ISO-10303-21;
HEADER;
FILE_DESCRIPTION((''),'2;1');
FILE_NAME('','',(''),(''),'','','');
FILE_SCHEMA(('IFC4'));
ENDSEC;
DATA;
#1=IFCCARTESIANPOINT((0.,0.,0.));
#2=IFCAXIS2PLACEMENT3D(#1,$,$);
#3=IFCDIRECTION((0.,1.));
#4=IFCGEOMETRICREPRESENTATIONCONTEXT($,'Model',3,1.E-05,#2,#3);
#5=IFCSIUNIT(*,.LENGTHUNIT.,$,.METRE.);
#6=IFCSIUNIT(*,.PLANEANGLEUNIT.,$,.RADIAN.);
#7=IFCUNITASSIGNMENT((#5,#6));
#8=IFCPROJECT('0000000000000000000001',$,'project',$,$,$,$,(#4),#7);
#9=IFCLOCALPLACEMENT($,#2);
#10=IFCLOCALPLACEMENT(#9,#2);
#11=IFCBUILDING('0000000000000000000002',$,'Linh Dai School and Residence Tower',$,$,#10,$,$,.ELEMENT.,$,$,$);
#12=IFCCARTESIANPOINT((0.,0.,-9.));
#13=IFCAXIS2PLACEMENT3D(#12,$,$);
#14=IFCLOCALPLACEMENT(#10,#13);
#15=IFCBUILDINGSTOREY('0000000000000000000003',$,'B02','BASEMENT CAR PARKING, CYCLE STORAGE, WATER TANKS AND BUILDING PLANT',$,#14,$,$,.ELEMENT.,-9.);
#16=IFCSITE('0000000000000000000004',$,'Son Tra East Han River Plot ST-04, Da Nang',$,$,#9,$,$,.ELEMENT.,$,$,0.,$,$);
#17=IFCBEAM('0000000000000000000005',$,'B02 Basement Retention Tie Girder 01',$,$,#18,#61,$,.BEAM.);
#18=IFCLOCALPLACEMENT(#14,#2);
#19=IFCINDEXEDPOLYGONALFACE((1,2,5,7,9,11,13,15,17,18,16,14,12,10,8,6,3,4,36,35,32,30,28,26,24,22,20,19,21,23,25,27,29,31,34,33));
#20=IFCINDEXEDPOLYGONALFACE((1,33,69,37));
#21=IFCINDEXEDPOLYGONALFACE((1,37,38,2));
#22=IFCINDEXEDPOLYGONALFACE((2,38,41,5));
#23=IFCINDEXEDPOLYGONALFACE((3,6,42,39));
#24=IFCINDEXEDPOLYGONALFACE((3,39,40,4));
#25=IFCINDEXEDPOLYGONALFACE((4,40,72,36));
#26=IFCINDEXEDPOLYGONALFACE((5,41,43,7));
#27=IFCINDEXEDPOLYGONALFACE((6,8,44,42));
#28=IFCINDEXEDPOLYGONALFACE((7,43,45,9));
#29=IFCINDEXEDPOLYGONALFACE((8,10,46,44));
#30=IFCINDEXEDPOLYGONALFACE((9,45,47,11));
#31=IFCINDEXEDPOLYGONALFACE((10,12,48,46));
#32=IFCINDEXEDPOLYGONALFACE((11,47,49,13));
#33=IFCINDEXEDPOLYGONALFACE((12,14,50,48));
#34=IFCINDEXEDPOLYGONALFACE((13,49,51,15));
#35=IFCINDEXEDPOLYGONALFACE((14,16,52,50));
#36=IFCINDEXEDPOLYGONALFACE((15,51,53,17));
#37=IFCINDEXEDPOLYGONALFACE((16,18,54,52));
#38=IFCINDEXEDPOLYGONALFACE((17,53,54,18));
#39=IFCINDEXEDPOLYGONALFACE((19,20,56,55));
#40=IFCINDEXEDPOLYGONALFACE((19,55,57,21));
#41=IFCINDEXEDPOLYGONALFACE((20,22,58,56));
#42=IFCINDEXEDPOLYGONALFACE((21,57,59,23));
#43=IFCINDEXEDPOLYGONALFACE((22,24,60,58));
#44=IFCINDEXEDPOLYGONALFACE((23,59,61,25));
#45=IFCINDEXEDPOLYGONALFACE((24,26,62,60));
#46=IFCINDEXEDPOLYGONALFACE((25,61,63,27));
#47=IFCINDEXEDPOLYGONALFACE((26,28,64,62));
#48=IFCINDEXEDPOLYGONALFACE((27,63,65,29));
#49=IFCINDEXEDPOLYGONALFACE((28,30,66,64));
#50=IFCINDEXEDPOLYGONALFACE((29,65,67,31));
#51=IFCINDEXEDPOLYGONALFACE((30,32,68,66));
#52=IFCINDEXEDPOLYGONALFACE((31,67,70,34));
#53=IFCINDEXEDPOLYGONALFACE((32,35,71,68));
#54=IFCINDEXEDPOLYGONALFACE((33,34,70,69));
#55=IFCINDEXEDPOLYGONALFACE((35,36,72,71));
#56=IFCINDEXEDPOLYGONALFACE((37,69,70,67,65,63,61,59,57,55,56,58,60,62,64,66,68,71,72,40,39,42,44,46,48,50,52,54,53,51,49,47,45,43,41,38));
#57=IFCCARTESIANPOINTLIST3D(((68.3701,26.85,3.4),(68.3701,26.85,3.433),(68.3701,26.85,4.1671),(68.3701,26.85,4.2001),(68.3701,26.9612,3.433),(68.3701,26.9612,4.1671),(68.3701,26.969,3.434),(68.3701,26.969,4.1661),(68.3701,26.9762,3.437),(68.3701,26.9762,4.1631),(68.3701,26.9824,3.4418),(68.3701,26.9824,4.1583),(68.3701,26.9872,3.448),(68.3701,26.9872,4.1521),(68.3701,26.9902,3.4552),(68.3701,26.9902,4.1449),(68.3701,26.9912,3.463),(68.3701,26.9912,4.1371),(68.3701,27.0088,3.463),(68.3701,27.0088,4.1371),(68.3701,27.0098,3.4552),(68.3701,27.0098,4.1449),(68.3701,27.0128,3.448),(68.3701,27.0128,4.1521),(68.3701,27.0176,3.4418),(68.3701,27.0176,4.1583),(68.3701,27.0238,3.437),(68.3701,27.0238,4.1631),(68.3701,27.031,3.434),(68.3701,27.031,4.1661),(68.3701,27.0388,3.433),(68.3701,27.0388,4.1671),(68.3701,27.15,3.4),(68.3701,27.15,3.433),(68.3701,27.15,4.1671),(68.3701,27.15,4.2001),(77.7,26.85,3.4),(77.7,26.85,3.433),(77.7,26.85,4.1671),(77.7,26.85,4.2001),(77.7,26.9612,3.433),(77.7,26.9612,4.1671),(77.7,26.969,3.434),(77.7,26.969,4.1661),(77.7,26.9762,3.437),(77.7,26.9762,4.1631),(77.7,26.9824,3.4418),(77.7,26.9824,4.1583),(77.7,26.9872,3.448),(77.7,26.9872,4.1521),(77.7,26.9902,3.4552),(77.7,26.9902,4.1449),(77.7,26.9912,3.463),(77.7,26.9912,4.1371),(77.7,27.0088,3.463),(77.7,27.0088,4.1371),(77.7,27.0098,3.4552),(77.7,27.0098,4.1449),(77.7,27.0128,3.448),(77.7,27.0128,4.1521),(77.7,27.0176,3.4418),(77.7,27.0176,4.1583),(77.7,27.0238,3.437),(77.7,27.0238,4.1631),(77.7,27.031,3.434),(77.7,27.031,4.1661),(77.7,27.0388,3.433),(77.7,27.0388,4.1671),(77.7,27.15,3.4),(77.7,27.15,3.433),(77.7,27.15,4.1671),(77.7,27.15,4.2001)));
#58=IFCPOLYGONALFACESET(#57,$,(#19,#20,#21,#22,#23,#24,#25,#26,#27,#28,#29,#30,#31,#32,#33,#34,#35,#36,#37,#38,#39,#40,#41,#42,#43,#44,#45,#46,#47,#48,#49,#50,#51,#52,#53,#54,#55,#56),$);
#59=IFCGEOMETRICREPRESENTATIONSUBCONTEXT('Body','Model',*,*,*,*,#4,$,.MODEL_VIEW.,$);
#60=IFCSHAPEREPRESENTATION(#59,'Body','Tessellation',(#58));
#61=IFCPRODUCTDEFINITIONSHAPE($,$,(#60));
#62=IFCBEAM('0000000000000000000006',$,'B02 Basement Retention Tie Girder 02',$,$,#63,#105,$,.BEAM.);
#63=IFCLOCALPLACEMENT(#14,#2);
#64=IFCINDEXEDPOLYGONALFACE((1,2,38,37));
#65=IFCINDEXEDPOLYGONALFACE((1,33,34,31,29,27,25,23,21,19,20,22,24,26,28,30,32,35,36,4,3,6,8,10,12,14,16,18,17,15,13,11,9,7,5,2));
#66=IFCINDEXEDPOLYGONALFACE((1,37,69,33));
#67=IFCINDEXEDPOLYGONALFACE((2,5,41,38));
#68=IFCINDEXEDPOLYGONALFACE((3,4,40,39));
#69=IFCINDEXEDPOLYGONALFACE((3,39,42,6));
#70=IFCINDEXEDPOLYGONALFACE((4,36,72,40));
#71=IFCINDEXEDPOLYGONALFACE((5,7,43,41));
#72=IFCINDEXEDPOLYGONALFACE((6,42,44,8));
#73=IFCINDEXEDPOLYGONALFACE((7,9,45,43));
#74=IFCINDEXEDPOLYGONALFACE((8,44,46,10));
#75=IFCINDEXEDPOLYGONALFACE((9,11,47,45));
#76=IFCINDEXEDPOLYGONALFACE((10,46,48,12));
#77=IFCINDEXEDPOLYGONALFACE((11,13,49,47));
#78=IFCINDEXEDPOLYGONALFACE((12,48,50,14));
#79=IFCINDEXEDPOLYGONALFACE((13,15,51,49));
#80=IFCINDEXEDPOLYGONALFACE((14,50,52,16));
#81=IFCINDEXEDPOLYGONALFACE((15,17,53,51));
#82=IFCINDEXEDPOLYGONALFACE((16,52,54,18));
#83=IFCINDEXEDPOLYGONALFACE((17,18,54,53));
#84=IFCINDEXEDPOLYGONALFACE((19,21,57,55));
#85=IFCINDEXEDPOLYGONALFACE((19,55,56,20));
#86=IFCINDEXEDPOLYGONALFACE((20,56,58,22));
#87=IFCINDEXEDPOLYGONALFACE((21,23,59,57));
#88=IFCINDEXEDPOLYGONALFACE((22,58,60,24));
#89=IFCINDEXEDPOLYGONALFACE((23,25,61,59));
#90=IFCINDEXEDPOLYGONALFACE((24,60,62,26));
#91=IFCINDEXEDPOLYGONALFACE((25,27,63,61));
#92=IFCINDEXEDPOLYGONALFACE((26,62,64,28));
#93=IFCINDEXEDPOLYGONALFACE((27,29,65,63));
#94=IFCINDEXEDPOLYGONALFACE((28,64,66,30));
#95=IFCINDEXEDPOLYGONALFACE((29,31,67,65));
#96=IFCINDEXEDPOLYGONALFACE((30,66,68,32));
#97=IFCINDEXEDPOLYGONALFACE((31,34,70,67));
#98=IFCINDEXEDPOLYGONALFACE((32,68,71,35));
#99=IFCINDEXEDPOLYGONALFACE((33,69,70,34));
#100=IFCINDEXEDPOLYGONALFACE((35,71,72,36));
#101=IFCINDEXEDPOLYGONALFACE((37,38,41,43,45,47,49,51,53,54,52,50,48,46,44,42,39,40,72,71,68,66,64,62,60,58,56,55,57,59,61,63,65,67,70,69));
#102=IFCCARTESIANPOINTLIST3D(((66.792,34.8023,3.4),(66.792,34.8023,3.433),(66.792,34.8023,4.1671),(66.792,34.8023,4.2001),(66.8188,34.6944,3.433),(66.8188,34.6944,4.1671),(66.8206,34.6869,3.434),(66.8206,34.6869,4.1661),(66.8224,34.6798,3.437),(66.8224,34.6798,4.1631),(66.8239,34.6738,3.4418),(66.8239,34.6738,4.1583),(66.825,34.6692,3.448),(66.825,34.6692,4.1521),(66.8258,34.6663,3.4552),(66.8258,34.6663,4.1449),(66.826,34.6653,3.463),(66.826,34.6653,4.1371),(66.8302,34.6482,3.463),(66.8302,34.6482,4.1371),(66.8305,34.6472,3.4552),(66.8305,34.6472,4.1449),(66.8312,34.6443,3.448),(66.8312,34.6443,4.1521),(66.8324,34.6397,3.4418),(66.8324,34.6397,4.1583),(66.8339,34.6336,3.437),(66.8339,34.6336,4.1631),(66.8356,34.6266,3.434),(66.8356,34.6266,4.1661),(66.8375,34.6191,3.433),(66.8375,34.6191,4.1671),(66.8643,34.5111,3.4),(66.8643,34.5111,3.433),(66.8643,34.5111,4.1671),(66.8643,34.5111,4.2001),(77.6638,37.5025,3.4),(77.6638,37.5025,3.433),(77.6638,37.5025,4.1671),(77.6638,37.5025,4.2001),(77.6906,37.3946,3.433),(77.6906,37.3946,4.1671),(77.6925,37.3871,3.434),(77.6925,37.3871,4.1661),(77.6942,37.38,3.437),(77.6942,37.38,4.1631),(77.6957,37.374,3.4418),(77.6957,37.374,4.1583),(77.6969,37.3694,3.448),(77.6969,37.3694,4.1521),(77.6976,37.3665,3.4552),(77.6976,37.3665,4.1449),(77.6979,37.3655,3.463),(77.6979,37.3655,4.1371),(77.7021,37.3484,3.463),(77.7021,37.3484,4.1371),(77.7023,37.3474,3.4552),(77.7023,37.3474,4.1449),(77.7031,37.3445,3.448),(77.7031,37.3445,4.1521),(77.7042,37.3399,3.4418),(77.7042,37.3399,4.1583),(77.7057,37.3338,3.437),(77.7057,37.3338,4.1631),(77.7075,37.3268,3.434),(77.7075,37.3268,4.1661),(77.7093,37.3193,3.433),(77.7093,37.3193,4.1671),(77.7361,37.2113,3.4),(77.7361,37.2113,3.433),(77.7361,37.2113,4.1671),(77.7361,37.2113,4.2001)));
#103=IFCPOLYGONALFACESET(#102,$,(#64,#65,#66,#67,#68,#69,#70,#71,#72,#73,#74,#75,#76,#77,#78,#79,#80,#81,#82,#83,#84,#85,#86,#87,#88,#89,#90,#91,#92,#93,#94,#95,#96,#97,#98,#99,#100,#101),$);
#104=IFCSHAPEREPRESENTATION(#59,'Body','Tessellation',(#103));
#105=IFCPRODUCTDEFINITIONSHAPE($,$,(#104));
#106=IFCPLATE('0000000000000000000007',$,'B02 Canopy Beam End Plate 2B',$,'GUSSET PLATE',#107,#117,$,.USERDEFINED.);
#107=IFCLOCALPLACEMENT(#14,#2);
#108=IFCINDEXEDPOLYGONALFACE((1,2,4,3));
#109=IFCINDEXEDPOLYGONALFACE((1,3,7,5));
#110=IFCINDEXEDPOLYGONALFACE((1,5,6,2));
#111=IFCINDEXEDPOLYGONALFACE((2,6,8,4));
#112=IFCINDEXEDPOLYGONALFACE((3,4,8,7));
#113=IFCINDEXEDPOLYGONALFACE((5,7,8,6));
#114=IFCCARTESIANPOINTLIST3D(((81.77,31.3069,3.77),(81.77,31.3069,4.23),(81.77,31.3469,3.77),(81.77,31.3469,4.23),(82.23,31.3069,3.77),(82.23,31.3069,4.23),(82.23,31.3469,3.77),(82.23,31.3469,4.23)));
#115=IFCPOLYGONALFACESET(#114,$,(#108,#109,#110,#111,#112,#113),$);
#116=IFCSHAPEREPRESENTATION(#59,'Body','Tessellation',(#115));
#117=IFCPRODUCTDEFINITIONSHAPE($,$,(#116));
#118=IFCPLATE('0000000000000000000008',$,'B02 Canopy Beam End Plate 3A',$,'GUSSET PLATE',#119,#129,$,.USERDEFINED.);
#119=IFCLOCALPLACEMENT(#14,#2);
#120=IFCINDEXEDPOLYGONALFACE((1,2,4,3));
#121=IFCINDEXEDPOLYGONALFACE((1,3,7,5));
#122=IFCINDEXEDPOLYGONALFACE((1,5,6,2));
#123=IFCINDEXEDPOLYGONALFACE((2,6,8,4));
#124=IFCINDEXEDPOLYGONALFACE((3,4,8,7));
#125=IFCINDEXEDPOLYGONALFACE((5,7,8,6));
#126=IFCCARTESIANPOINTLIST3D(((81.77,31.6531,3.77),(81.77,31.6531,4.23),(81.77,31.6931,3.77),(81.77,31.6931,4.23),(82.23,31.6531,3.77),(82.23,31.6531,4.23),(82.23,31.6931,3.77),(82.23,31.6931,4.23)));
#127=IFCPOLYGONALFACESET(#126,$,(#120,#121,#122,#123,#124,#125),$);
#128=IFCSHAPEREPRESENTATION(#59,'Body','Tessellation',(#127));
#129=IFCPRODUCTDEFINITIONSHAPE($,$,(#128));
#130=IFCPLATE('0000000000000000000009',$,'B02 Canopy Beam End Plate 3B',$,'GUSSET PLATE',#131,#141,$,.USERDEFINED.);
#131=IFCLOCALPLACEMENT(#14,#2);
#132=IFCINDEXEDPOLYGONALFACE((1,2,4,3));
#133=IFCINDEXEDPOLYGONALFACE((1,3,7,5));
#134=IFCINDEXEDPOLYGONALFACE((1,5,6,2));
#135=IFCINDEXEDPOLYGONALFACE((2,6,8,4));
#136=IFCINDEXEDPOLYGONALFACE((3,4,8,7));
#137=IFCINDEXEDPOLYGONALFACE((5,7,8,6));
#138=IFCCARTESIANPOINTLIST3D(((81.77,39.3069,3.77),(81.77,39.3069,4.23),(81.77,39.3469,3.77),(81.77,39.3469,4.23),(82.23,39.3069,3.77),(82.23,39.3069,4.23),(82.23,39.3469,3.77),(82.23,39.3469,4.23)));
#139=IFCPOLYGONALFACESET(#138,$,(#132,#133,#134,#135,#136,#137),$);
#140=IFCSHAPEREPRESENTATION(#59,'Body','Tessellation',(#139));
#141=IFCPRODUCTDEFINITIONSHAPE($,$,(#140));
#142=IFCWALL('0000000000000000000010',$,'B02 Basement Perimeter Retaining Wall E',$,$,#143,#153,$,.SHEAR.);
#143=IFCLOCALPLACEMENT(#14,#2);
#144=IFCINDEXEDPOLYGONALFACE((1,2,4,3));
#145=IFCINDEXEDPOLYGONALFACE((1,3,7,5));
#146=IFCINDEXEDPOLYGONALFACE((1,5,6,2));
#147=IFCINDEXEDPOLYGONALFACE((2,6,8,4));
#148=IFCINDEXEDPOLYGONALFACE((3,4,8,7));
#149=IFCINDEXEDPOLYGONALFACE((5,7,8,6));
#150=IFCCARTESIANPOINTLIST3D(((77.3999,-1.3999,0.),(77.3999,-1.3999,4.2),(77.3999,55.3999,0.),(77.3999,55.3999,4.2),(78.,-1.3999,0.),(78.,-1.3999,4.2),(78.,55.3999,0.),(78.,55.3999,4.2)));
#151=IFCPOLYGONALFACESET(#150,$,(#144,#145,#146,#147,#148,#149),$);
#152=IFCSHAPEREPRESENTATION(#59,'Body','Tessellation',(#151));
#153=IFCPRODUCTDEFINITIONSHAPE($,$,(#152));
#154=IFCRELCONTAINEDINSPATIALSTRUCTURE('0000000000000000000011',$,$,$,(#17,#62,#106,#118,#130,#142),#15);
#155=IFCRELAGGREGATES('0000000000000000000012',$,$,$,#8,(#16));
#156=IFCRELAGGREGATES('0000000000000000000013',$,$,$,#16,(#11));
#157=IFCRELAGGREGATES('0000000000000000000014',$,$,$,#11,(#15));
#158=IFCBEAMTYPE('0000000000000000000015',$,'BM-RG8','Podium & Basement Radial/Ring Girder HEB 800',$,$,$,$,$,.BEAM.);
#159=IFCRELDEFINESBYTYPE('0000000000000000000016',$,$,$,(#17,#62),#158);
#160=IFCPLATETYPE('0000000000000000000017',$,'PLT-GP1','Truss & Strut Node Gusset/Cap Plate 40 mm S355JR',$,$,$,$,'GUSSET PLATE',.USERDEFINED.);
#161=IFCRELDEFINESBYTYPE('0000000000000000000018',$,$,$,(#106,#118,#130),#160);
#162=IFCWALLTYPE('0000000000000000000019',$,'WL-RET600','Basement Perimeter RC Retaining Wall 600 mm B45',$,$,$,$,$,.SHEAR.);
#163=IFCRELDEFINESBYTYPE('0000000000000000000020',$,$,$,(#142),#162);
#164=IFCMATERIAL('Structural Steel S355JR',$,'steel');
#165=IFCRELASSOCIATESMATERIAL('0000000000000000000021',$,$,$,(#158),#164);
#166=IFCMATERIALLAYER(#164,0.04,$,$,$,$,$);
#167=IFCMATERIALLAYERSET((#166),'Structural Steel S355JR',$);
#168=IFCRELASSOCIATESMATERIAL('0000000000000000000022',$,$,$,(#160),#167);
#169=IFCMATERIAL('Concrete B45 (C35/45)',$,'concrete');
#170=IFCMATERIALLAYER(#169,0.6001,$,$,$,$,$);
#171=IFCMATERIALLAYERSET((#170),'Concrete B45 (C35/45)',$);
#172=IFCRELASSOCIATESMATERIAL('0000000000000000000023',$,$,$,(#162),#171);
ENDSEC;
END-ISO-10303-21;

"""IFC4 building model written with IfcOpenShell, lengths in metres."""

from ifc_helpers import new_model, si_unit, direction, frame, frame_2d, origin, origin_2d, place, context, subcontext, project, spatial, rectangle, i_section, extrude, source, transform, mapped, material, layer, layer_set, material_profile, profile_set, type_object, element, save


model = new_model("IFC4")

# Units and contexts
model_context = context("Model", 3, precision=1e-05, world=origin(), true_north=direction((0.0, 1.0)))
body_context = subcontext(model_context, "Body", "Model", "MODEL_VIEW")
ifc_project = project(units=[si_unit("LENGTHUNIT", "METRE"), si_unit("PLANEANGLEUNIT", "RADIAN")], contexts=[model_context])

# Site, building, storey
site_placement = place(None, origin())
site = spatial("IfcSite", under=ifc_project, at=site_placement, Name="Son Tra East Han River Plot ST-04, Da Nang", CompositionType="ELEMENT", RefElevation=0.0)
building_placement = place(site_placement, origin())
building = spatial("IfcBuilding", under=site, at=building_placement, Name="Linh Dai School and Residence Tower", CompositionType="ELEMENT")
storey_placement = place(building_placement, frame((0.0, 0.0, -9.0)))
storey = spatial("IfcBuildingStorey", under=building, at=storey_placement, Name="B02", Description="BASEMENT CAR PARKING, CYCLE STORAGE, WATER TANKS AND BUILDING PLANT", CompositionType="ELEMENT", Elevation=-9.0)

# Shared definitions
ifc_material_1 = material(Name="Concrete B45 (C35/45)", Category="concrete")

# Shared definitions
ifc_material_2 = material(Name="Structural Steel S355JR", Category="steel")

# Beams
ifc_material_profile_1 = material_profile(ifc_material_2, i_section(OverallWidth=0.3, OverallDepth=0.8, WebThickness=0.0176, FlangeThickness=0.033, FilletRadius=0.03, at=origin_2d()), Name="HEB 800")
ifc_profile_set_1 = profile_set([ifc_material_profile_1], Name="Structural Steel S355JR")
beam_type_1 = type_object("IfcBeamType", Name="BM-RG8", Description="Podium & Basement Radial/Ring Girder HEB 800", PredefinedType="BEAM", material=ifc_profile_set_1)
beam_1_placement = place(storey_placement, frame((68.3701, 27.0, 3.8), z_axis=(1.0, 0.0, 0.0), x_axis=(0.0, 1.0, 0.0)))
element("IfcBeam", 1, at=beam_1_placement, inside=storey, type_object=beam_type_1, Name="B02 Basement Retention Tie Girder 01", PredefinedType="BEAM", context=body_context, shape_type="SweptSolid", body=[
    extrude(i_section(OverallWidth=0.3, OverallDepth=0.8, WebThickness=0.0176, FlangeThickness=0.033, FilletRadius=0.03, at=origin_2d()), origin(), (0.0, 0.0, 1.0), 9.3298),
])
beam_2_placement = place(storey_placement, frame((66.8281, 34.6567, 3.8), z_axis=(0.970514, 0.241043, 0.0), x_axis=(-0.241043, 0.970514, 0.0)))
element("IfcBeam", 2, at=beam_2_placement, inside=storey, type_object=beam_type_1, Name="B02 Basement Retention Tie Girder 02", PredefinedType="BEAM", context=body_context, shape_type="SweptSolid", body=[
    extrude(i_section(OverallWidth=0.3, OverallDepth=0.8, WebThickness=0.0176, FlangeThickness=0.033, FilletRadius=0.03, at=origin_2d()), origin(), (0.0, 0.0, 1.0), 11.2021),
])

# Plates
ifc_layer_1 = layer(ifc_material_2, 0.04)
ifc_layer_set_1 = layer_set([ifc_layer_1], Name="Structural Steel S355JR")
plate_type = type_object("IfcPlateType", Name="PLT-GP1", Description="Truss & Strut Node Gusset/Cap Plate 40 mm S355JR", ElementType="GUSSET PLATE", PredefinedType="USERDEFINED", material=ifc_layer_set_1)
shared_shape = source(origin(), body_context, "Body", "SweptSolid", [
    extrude(rectangle(XDim=0.46, YDim=0.04, at=origin_2d()), origin(), (0.0, 0.0, 1.0), 0.46),
])
for number, where, z_axis, x_axis, name in (
    (3, (82.0, 31.3269, 3.77), (0.0, 0.0, 1.0), (1.0, 0.0, 0.0), "B02 Canopy Beam End Plate 2B"),
    (4, (82.0, 31.6731, 3.77), (0.0, 0.0, 1.0), (1.0, 0.0, 0.0), "B02 Canopy Beam End Plate 3A"),
    (5, (82.0, 39.3269, 3.77), (0.0, 0.0, 1.0), (1.0, 0.0, 0.0), "B02 Canopy Beam End Plate 3B"),
):
    element("IfcPlate", number, at=place(storey_placement, frame(where, z_axis=z_axis, x_axis=x_axis)), inside=storey, type_object=plate_type, Name=name, ObjectType="GUSSET PLATE", PredefinedType="USERDEFINED", context=body_context, shape_type="MappedRepresentation", body=[
        mapped(shared_shape, transform((0.0, 0.0, 0.0), x_axis=(1.0, 0.0, 0.0), y_axis=(0.0, 1.0, 0.0), z_axis=(0.0, 0.0, 1.0), scale=1.0)),
    ])

# Wall
ifc_layer_2 = layer(ifc_material_1, 0.6001)
ifc_layer_set_2 = layer_set([ifc_layer_2], Name="Concrete B45 (C35/45)")
wall_type = type_object("IfcWallType", Name="WL-RET600", Description="Basement Perimeter RC Retaining Wall 600 mm B45", PredefinedType="SHEAR", material=ifc_layer_set_2)
wall_placement = place(storey_placement, frame((77.7, 55.3999, 0.0), z_axis=(0.0, 0.0, 1.0), x_axis=(0.0, -1.0, 0.0)))
element("IfcWall", 6, at=wall_placement, inside=storey, type_object=wall_type, Name="B02 Basement Perimeter Retaining Wall E", PredefinedType="SHEAR", context=body_context, shape_type="SweptSolid", body=[
    extrude(rectangle(XDim=56.7998, YDim=0.6001, at=frame_2d((28.3999, 0.0))), origin(), (0.0, 0.0, 1.0), 4.2),
])

save(model, "model.ifc")
